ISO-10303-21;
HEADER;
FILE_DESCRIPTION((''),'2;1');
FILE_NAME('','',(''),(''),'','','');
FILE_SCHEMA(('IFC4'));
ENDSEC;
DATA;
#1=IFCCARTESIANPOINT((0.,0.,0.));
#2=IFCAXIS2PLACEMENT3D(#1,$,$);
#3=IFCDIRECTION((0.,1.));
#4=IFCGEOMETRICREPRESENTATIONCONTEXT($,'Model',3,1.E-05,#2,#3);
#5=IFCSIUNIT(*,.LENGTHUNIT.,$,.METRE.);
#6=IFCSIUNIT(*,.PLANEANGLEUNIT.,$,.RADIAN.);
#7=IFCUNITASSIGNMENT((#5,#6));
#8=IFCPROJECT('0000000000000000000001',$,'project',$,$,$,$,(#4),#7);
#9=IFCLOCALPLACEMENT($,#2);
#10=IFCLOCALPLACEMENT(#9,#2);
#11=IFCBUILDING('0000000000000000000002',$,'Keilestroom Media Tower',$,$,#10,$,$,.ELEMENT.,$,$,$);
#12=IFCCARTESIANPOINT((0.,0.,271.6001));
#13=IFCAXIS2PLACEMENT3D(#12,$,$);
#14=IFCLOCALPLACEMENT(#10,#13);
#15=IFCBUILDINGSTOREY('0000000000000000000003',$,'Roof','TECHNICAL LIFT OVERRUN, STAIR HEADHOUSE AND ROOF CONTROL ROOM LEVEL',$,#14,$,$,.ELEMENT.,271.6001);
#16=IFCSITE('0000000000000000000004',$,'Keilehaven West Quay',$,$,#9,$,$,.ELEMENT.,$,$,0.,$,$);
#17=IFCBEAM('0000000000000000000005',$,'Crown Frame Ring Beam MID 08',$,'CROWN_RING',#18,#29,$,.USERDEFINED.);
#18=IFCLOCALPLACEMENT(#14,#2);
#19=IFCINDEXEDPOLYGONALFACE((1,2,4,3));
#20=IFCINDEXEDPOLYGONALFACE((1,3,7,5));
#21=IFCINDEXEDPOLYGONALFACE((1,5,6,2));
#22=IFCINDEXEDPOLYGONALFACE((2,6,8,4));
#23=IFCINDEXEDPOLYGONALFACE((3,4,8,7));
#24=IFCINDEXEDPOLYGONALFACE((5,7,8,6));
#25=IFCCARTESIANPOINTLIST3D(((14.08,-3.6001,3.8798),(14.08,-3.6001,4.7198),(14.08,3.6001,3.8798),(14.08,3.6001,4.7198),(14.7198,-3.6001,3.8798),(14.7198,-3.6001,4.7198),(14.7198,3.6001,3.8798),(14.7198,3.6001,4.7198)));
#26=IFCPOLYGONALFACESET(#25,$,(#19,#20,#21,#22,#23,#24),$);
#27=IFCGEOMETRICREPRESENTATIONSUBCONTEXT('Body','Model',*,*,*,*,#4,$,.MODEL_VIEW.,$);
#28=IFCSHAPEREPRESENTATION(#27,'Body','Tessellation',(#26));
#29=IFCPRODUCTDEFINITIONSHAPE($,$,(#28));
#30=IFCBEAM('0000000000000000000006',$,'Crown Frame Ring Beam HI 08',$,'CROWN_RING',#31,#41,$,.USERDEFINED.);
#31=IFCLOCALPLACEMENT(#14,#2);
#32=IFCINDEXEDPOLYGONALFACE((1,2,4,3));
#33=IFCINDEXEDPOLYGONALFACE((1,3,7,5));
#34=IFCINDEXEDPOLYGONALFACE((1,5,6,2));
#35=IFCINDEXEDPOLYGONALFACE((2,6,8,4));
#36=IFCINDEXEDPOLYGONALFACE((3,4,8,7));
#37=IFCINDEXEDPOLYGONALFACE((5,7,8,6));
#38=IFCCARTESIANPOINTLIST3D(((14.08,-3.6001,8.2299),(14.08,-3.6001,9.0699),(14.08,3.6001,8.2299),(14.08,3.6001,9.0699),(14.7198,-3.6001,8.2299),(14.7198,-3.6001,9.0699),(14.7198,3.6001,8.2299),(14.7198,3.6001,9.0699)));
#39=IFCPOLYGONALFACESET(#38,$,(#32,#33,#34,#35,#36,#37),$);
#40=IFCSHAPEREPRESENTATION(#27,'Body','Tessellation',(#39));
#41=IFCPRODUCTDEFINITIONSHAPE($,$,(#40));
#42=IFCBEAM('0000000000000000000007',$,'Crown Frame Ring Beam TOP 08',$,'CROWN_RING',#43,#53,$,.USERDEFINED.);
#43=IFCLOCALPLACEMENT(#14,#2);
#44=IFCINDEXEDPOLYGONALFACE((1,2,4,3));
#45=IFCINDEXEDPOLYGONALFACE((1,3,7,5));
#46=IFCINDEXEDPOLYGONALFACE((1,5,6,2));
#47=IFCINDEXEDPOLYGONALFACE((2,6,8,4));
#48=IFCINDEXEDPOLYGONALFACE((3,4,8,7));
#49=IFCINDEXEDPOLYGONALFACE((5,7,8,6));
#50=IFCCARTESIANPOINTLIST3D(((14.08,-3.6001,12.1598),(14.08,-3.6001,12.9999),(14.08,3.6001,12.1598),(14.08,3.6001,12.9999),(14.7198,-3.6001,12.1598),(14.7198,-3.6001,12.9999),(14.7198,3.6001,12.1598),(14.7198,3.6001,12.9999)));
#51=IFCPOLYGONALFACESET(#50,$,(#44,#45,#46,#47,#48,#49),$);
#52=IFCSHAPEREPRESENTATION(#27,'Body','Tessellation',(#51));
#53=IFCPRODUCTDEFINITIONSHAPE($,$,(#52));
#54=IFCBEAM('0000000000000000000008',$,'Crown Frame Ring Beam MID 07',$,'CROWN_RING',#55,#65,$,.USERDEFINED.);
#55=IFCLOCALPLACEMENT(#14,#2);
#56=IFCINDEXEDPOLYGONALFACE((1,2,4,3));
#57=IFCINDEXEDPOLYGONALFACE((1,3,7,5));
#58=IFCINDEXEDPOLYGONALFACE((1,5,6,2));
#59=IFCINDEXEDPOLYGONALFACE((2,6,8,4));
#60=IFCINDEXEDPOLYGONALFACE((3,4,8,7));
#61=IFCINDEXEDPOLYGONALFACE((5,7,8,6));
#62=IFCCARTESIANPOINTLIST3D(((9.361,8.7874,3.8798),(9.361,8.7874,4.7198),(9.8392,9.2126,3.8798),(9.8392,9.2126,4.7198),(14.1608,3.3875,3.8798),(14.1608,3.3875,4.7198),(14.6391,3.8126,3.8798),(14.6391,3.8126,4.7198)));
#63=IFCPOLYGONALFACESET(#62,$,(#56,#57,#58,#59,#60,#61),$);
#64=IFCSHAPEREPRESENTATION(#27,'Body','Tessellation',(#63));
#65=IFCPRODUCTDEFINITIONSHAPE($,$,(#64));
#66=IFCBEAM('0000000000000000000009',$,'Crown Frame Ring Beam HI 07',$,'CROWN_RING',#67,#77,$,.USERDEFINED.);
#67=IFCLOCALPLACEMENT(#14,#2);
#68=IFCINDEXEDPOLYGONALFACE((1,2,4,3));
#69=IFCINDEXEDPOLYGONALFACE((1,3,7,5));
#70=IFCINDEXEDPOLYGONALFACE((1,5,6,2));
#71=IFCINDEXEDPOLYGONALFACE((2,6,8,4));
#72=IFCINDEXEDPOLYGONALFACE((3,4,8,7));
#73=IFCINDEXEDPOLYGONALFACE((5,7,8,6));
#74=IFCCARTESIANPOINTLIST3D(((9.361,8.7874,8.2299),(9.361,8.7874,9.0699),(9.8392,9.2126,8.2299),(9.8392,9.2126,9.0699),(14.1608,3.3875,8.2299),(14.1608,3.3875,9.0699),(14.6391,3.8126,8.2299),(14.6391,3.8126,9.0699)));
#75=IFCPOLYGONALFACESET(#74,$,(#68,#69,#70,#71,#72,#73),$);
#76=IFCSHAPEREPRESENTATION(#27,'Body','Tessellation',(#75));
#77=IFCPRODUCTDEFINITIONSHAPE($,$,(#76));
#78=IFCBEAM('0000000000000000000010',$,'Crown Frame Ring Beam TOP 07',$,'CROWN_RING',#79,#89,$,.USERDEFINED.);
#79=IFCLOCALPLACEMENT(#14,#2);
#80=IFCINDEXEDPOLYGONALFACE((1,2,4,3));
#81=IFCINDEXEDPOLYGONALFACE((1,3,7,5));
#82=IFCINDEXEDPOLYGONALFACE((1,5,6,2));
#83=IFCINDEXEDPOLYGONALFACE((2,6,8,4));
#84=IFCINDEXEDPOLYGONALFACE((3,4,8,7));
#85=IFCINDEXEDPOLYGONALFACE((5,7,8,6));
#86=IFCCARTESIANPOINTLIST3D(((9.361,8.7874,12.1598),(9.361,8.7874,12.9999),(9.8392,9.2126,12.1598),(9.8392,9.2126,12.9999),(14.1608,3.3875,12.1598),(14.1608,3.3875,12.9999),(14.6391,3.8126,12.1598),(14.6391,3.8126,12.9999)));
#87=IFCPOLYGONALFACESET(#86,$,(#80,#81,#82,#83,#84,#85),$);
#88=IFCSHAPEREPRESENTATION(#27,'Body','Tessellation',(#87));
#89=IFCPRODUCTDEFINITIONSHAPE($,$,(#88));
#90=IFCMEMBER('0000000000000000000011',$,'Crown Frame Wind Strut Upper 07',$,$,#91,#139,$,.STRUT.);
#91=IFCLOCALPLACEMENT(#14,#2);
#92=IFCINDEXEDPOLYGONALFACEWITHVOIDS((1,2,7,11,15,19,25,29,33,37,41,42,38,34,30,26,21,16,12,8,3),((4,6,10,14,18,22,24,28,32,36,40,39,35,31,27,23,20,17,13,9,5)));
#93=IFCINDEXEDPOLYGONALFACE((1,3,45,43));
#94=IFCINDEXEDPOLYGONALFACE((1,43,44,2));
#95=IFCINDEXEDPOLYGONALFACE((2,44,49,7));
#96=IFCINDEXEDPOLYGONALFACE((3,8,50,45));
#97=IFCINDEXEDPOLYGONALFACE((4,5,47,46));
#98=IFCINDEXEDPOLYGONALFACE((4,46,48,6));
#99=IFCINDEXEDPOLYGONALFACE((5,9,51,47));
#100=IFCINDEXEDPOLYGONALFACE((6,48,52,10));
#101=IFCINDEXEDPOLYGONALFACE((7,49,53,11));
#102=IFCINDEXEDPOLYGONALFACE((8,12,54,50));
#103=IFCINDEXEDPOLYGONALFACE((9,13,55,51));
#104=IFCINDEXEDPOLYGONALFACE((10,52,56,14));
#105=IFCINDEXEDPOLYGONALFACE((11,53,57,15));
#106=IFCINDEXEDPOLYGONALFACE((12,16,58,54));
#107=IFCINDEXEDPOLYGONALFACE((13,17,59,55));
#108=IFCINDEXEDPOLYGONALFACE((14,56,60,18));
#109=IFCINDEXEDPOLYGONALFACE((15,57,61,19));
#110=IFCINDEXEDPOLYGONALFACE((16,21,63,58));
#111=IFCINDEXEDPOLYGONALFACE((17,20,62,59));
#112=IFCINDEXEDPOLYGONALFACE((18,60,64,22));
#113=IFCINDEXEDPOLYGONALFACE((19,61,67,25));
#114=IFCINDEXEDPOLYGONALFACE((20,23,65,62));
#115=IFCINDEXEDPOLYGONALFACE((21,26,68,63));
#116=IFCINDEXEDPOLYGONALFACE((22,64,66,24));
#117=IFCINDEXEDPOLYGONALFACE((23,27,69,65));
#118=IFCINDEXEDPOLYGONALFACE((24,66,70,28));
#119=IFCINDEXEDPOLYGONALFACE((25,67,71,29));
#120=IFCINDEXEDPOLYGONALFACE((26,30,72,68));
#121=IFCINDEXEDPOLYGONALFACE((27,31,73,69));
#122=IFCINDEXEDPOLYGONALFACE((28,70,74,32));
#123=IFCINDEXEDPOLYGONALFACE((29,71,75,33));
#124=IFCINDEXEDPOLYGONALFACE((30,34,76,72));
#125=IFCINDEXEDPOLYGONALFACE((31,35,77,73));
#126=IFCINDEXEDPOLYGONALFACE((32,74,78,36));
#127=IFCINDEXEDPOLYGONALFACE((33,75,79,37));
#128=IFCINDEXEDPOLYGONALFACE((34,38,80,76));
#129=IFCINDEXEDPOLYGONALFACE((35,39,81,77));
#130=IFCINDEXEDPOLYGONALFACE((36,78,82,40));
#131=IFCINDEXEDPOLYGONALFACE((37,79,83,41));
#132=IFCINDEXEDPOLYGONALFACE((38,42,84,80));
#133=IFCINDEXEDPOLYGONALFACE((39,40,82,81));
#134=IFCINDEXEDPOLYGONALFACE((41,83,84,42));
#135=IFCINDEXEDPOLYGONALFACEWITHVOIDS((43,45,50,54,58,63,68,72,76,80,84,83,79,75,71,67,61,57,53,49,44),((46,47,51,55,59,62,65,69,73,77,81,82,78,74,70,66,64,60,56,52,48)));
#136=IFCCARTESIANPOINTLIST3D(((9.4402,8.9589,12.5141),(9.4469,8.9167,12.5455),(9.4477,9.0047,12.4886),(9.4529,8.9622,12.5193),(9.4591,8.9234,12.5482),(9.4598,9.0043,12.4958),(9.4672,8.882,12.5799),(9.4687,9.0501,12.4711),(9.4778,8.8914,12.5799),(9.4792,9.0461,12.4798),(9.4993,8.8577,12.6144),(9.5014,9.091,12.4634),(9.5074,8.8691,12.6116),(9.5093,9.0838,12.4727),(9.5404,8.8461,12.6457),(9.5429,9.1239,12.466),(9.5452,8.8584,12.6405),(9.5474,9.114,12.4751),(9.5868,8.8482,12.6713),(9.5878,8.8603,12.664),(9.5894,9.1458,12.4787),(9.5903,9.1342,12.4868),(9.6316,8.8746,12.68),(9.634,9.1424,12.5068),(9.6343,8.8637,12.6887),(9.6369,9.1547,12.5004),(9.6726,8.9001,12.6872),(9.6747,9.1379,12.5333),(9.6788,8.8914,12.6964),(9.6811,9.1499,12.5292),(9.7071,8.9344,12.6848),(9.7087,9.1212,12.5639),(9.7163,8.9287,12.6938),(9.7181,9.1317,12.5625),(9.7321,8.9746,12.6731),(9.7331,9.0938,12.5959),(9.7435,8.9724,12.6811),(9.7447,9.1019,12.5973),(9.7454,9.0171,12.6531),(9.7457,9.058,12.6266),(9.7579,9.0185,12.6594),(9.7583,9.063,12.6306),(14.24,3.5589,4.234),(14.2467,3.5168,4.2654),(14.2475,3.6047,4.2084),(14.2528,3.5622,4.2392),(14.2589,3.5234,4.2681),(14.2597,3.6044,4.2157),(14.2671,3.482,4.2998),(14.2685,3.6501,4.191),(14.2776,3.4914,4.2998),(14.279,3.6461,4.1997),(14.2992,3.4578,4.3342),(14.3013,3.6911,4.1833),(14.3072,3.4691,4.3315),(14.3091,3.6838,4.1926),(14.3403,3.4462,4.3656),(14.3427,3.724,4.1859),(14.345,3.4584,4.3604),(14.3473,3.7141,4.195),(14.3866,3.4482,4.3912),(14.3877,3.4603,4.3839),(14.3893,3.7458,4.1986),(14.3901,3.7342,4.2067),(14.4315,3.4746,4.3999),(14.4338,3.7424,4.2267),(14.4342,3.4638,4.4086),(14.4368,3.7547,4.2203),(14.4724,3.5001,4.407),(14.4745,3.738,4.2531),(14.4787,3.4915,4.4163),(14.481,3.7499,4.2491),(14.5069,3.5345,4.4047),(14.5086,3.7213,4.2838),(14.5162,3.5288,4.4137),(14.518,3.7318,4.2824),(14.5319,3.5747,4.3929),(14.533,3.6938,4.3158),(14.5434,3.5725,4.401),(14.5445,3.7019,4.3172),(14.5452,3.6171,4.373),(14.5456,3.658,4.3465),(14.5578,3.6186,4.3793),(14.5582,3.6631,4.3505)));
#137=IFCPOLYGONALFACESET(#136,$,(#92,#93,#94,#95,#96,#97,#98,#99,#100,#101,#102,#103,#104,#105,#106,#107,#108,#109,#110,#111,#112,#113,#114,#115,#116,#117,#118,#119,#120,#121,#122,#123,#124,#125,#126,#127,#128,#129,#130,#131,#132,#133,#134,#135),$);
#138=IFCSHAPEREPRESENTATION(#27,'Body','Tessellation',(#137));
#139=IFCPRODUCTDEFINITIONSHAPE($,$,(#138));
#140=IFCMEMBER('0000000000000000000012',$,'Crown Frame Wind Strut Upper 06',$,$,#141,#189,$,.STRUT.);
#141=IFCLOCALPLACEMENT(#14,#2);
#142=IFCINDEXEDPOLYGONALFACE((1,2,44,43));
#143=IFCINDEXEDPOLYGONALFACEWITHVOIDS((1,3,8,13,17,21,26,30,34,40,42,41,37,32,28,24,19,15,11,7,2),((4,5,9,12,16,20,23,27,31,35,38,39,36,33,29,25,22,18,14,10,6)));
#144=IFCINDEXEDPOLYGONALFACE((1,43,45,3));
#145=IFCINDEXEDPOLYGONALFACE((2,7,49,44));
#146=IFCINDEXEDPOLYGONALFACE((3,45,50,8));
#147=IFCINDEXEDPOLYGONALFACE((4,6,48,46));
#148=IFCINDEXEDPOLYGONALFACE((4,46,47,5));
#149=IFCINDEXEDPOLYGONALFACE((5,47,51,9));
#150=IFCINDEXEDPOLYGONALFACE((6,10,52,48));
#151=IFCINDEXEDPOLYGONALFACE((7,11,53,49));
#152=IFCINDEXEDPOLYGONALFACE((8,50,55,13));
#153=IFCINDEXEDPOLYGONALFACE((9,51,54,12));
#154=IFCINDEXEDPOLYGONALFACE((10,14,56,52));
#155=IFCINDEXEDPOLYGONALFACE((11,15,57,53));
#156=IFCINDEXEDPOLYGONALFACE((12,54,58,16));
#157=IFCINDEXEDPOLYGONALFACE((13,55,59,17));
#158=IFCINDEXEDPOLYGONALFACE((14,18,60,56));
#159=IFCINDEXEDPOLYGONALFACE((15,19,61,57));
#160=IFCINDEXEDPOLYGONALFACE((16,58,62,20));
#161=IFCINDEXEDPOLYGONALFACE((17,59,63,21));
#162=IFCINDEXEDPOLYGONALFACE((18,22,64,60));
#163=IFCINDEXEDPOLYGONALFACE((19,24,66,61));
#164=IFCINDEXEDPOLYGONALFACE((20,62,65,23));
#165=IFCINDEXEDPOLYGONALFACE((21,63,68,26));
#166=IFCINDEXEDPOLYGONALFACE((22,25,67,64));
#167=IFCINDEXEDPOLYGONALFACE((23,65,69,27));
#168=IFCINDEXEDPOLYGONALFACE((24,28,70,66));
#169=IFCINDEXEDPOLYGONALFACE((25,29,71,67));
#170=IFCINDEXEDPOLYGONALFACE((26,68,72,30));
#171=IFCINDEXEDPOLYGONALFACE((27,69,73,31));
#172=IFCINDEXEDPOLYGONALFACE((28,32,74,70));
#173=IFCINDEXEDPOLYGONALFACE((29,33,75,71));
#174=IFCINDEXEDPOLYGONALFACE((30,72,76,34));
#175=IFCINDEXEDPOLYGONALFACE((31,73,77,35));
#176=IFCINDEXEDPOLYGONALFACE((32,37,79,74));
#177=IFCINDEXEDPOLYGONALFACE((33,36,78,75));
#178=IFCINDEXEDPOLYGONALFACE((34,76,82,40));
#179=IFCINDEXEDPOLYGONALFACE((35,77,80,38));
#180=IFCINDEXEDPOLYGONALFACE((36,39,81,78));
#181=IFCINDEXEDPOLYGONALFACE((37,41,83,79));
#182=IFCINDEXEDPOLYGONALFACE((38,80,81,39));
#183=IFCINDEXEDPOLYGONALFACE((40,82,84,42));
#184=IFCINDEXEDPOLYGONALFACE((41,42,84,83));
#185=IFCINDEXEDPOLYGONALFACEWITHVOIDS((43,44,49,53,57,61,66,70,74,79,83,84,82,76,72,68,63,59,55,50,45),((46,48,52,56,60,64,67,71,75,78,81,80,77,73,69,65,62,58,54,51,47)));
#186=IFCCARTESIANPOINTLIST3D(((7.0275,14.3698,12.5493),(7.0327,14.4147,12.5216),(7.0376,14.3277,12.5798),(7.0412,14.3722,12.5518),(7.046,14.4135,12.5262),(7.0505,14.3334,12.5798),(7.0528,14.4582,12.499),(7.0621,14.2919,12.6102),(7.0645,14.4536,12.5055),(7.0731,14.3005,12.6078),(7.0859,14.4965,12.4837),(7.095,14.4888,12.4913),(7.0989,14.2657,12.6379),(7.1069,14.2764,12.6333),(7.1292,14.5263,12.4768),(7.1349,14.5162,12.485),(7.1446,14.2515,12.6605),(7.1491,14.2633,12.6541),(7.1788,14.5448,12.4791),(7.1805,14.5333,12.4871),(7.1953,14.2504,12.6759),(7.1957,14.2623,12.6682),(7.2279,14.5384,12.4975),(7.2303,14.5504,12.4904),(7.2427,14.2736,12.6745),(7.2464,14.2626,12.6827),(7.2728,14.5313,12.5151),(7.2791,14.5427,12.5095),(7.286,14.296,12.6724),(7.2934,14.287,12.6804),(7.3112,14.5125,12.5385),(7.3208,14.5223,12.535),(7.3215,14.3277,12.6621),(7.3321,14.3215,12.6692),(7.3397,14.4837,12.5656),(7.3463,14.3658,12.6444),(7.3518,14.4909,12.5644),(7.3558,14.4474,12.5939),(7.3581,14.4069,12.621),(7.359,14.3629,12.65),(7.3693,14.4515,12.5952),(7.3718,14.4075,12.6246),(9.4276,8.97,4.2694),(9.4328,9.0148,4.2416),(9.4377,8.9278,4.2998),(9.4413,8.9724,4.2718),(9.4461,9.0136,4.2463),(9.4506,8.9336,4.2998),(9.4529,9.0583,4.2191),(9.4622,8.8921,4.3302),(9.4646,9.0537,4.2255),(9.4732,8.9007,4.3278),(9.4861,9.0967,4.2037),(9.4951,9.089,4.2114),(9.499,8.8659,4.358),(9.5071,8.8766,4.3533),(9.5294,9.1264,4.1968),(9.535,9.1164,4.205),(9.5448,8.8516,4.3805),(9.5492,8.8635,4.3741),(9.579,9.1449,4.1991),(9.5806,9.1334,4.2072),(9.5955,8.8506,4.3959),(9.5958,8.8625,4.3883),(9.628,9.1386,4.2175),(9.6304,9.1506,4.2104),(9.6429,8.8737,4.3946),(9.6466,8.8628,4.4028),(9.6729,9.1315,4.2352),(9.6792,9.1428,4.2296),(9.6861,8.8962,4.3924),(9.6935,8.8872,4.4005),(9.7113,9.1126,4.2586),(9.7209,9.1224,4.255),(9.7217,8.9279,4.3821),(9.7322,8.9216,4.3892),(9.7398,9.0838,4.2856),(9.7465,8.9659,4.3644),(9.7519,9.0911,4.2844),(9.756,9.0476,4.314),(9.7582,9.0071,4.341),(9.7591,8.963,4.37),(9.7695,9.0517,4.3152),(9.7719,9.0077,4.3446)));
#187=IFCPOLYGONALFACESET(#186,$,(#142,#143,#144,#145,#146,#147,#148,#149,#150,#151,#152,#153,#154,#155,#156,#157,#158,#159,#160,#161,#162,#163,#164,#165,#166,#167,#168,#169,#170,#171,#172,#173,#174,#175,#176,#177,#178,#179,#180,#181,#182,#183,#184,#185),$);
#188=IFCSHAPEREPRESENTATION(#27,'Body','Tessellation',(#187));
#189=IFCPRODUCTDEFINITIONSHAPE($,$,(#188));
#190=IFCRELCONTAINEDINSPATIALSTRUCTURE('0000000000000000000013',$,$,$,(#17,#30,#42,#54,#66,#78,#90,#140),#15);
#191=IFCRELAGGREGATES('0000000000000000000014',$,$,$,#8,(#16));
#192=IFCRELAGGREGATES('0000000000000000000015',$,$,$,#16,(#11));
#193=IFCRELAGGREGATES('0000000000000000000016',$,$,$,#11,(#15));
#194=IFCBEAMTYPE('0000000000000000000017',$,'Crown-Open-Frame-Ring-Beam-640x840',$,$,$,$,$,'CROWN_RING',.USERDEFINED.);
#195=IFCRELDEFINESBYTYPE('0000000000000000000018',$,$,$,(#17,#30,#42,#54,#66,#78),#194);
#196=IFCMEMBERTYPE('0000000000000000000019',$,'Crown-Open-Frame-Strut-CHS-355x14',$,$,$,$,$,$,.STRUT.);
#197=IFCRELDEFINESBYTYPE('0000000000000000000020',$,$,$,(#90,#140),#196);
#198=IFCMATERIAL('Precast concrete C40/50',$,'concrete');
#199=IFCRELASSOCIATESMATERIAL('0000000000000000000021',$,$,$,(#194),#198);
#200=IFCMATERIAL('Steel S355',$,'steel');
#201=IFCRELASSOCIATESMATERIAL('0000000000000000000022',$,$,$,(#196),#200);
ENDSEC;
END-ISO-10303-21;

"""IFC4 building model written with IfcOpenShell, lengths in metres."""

from ifc_helpers import new_model, si_unit, direction, frame, origin, origin_2d, place, context, subcontext, project, spatial, rectangle, hollow_circle, extrude, source, transform, mapped, material, material_profile, profile_set, type_object, element, save


model = new_model("IFC4")

# Units and contexts
model_context = context("Model", 3, precision=1e-05, world=origin(), true_north=direction((0.0, 1.0)))
body_context = subcontext(model_context, "Body", "Model", "MODEL_VIEW")
ifc_project = project(units=[si_unit("LENGTHUNIT", "METRE"), si_unit("PLANEANGLEUNIT", "RADIAN")], contexts=[model_context])

# Site, building, storey
site_placement = place(None, origin())
site = spatial("IfcSite", under=ifc_project, at=site_placement, Name="Keilehaven West Quay", CompositionType="ELEMENT", RefElevation=0.0)
building_placement = place(site_placement, origin())
building = spatial("IfcBuilding", under=site, at=building_placement, Name="Keilestroom Media Tower", CompositionType="ELEMENT")
storey_placement = place(building_placement, frame((0.0, 0.0, 271.6001)))
storey = spatial("IfcBuildingStorey", under=building, at=storey_placement, Name="Roof", Description="TECHNICAL LIFT OVERRUN, STAIR HEADHOUSE AND ROOF CONTROL ROOM LEVEL", CompositionType="ELEMENT", Elevation=271.6001)

# Beams
ifc_material_1 = material(Name="Precast concrete C40/50", Category="concrete")
ifc_material_profile_1 = material_profile(ifc_material_1, rectangle(XDim=0.6399, YDim=0.8401, at=origin_2d()), Name="CF 640x840")
ifc_profile_set_1 = profile_set([ifc_material_profile_1], Name="Precast concrete C40/50")
beam_type = type_object("IfcBeamType", Name="Crown-Open-Frame-Ring-Beam-640x840", ElementType="CROWN_RING", PredefinedType="USERDEFINED", material=ifc_profile_set_1)
shared_shape_1 = source(origin(), body_context, "Body", "SweptSolid", [
    extrude(rectangle(XDim=0.6399, YDim=0.8401, at=origin_2d()), origin(), (0.0, 0.0, 1.0), 7.2002),
])
for number, where, z_axis, x_axis, name in (
    (1, (14.3999, 3.6001, 4.2998), (0.0, -1.0, 0.0), (1.0, 0.0, 0.0), "Crown Frame Ring Beam MID 08"),
    (2, (14.3999, 3.6001, 8.6499), (0.0, -1.0, 0.0), (1.0, 0.0, 0.0), "Crown Frame Ring Beam HI 08"),
    (3, (14.3999, 3.6001, 12.5798), (0.0, -1.0, 0.0), (1.0, 0.0, 0.0), "Crown Frame Ring Beam TOP 08"),
):
    element("IfcBeam", number, at=place(storey_placement, frame(where, z_axis=z_axis, x_axis=x_axis)), inside=storey, type_object=beam_type, Name=name, ObjectType="CROWN_RING", PredefinedType="USERDEFINED", context=body_context, shape_type="MappedRepresentation", body=[
        mapped(shared_shape_1, transform((0.0, 0.0, 0.0), x_axis=(1.0, 0.0, 0.0), y_axis=(0.0, 1.0, 0.0), z_axis=(0.0, 0.0, 1.0), scale=1.0)),
    ])
shared_shape_2 = source(origin(), body_context, "Body", "SweptSolid", [
    extrude(rectangle(XDim=0.6399, YDim=0.8401, at=origin_2d()), origin(), (0.0, 0.0, 1.0), 7.2249),
])
for number, where, z_axis, x_axis, name in (
    (4, (9.6001, 9.0, 4.2998), (0.664355, -0.747417, 0.0), (0.747417, 0.664355, 0.0), "Crown Frame Ring Beam MID 07"),
    (5, (9.6001, 9.0, 8.6499), (0.664355, -0.747417, 0.0), (0.747417, 0.664355, 0.0), "Crown Frame Ring Beam HI 07"),
    (6, (9.6001, 9.0, 12.5798), (0.664355, -0.747417, 0.0), (0.747417, 0.664355, 0.0), "Crown Frame Ring Beam TOP 07"),
):
    element("IfcBeam", number, at=place(storey_placement, frame(where, z_axis=z_axis, x_axis=x_axis)), inside=storey, type_object=beam_type, Name=name, ObjectType="CROWN_RING", PredefinedType="USERDEFINED", context=body_context, shape_type="MappedRepresentation", body=[
        mapped(shared_shape_2, transform((0.0, 0.0, 0.0), x_axis=(1.0, 0.0, 0.0), y_axis=(0.0, 1.0, 0.0), z_axis=(0.0, 0.0, 1.0), scale=1.0)),
    ])

# Members
ifc_material_2 = material(Name="Steel S355", Category="steel")
ifc_material_profile_2 = material_profile(ifc_material_2, hollow_circle(Radius=0.1777, WallThickness=0.0142, at=origin_2d()), Name="CHS 355.6x14.2")
ifc_profile_set_2 = profile_set([ifc_material_profile_2], Name="Steel S355")
member_type_1 = type_object("IfcMemberType", Name="Crown-Open-Frame-Strut-CHS-355x14", PredefinedType="STRUT", material=ifc_profile_set_2)
shared_shape_3 = source(origin(), body_context, "Body", "SweptSolid", [
    extrude(hollow_circle(Radius=0.1777, WallThickness=0.0142, at=origin_2d()), origin(), (0.0, 0.0, 1.0), 10.989),
])
member_1_placement = place(storey_placement, frame((14.3999, 3.6001, 4.2998), z_axis=(-0.436787, 0.491396, 0.75349), x_axis=(-0.747417, -0.664355, 0.0)))
element("IfcMember", 7, at=member_1_placement, inside=storey, type_object=member_type_1, Name="Crown Frame Wind Strut Upper 07", PredefinedType="STRUT", context=body_context, shape_type="MappedRepresentation", body=[
    mapped(shared_shape_3, transform((0.0, 0.0, 0.0), x_axis=(1.0, 0.0, 0.0), y_axis=(0.0, 1.0, 0.0), z_axis=(0.0, 0.0, 1.0), scale=1.0)),
])
shared_shape_4 = source(origin(), body_context, "Body", "SweptSolid", [
    extrude(hollow_circle(Radius=0.1777, WallThickness=0.0142, at=origin_2d()), origin(), (0.0, 0.0, 1.0), 10.1724),
])
member_2_placement = place(storey_placement, frame((9.6001, 9.0, 4.2998), z_axis=(-0.235946, 0.530836, 0.813967), x_axis=(-0.9138, -0.406165, 0.0)))
element("IfcMember", 8, at=member_2_placement, inside=storey, type_object=member_type_1, Name="Crown Frame Wind Strut Upper 06", PredefinedType="STRUT", context=body_context, shape_type="MappedRepresentation", body=[
    mapped(shared_shape_4, transform((0.0, 0.0, 0.0), x_axis=(1.0, 0.0, 0.0), y_axis=(0.0, 1.0, 0.0), z_axis=(0.0, 0.0, 1.0), scale=1.0)),
])

save(model, "model.ifc")
